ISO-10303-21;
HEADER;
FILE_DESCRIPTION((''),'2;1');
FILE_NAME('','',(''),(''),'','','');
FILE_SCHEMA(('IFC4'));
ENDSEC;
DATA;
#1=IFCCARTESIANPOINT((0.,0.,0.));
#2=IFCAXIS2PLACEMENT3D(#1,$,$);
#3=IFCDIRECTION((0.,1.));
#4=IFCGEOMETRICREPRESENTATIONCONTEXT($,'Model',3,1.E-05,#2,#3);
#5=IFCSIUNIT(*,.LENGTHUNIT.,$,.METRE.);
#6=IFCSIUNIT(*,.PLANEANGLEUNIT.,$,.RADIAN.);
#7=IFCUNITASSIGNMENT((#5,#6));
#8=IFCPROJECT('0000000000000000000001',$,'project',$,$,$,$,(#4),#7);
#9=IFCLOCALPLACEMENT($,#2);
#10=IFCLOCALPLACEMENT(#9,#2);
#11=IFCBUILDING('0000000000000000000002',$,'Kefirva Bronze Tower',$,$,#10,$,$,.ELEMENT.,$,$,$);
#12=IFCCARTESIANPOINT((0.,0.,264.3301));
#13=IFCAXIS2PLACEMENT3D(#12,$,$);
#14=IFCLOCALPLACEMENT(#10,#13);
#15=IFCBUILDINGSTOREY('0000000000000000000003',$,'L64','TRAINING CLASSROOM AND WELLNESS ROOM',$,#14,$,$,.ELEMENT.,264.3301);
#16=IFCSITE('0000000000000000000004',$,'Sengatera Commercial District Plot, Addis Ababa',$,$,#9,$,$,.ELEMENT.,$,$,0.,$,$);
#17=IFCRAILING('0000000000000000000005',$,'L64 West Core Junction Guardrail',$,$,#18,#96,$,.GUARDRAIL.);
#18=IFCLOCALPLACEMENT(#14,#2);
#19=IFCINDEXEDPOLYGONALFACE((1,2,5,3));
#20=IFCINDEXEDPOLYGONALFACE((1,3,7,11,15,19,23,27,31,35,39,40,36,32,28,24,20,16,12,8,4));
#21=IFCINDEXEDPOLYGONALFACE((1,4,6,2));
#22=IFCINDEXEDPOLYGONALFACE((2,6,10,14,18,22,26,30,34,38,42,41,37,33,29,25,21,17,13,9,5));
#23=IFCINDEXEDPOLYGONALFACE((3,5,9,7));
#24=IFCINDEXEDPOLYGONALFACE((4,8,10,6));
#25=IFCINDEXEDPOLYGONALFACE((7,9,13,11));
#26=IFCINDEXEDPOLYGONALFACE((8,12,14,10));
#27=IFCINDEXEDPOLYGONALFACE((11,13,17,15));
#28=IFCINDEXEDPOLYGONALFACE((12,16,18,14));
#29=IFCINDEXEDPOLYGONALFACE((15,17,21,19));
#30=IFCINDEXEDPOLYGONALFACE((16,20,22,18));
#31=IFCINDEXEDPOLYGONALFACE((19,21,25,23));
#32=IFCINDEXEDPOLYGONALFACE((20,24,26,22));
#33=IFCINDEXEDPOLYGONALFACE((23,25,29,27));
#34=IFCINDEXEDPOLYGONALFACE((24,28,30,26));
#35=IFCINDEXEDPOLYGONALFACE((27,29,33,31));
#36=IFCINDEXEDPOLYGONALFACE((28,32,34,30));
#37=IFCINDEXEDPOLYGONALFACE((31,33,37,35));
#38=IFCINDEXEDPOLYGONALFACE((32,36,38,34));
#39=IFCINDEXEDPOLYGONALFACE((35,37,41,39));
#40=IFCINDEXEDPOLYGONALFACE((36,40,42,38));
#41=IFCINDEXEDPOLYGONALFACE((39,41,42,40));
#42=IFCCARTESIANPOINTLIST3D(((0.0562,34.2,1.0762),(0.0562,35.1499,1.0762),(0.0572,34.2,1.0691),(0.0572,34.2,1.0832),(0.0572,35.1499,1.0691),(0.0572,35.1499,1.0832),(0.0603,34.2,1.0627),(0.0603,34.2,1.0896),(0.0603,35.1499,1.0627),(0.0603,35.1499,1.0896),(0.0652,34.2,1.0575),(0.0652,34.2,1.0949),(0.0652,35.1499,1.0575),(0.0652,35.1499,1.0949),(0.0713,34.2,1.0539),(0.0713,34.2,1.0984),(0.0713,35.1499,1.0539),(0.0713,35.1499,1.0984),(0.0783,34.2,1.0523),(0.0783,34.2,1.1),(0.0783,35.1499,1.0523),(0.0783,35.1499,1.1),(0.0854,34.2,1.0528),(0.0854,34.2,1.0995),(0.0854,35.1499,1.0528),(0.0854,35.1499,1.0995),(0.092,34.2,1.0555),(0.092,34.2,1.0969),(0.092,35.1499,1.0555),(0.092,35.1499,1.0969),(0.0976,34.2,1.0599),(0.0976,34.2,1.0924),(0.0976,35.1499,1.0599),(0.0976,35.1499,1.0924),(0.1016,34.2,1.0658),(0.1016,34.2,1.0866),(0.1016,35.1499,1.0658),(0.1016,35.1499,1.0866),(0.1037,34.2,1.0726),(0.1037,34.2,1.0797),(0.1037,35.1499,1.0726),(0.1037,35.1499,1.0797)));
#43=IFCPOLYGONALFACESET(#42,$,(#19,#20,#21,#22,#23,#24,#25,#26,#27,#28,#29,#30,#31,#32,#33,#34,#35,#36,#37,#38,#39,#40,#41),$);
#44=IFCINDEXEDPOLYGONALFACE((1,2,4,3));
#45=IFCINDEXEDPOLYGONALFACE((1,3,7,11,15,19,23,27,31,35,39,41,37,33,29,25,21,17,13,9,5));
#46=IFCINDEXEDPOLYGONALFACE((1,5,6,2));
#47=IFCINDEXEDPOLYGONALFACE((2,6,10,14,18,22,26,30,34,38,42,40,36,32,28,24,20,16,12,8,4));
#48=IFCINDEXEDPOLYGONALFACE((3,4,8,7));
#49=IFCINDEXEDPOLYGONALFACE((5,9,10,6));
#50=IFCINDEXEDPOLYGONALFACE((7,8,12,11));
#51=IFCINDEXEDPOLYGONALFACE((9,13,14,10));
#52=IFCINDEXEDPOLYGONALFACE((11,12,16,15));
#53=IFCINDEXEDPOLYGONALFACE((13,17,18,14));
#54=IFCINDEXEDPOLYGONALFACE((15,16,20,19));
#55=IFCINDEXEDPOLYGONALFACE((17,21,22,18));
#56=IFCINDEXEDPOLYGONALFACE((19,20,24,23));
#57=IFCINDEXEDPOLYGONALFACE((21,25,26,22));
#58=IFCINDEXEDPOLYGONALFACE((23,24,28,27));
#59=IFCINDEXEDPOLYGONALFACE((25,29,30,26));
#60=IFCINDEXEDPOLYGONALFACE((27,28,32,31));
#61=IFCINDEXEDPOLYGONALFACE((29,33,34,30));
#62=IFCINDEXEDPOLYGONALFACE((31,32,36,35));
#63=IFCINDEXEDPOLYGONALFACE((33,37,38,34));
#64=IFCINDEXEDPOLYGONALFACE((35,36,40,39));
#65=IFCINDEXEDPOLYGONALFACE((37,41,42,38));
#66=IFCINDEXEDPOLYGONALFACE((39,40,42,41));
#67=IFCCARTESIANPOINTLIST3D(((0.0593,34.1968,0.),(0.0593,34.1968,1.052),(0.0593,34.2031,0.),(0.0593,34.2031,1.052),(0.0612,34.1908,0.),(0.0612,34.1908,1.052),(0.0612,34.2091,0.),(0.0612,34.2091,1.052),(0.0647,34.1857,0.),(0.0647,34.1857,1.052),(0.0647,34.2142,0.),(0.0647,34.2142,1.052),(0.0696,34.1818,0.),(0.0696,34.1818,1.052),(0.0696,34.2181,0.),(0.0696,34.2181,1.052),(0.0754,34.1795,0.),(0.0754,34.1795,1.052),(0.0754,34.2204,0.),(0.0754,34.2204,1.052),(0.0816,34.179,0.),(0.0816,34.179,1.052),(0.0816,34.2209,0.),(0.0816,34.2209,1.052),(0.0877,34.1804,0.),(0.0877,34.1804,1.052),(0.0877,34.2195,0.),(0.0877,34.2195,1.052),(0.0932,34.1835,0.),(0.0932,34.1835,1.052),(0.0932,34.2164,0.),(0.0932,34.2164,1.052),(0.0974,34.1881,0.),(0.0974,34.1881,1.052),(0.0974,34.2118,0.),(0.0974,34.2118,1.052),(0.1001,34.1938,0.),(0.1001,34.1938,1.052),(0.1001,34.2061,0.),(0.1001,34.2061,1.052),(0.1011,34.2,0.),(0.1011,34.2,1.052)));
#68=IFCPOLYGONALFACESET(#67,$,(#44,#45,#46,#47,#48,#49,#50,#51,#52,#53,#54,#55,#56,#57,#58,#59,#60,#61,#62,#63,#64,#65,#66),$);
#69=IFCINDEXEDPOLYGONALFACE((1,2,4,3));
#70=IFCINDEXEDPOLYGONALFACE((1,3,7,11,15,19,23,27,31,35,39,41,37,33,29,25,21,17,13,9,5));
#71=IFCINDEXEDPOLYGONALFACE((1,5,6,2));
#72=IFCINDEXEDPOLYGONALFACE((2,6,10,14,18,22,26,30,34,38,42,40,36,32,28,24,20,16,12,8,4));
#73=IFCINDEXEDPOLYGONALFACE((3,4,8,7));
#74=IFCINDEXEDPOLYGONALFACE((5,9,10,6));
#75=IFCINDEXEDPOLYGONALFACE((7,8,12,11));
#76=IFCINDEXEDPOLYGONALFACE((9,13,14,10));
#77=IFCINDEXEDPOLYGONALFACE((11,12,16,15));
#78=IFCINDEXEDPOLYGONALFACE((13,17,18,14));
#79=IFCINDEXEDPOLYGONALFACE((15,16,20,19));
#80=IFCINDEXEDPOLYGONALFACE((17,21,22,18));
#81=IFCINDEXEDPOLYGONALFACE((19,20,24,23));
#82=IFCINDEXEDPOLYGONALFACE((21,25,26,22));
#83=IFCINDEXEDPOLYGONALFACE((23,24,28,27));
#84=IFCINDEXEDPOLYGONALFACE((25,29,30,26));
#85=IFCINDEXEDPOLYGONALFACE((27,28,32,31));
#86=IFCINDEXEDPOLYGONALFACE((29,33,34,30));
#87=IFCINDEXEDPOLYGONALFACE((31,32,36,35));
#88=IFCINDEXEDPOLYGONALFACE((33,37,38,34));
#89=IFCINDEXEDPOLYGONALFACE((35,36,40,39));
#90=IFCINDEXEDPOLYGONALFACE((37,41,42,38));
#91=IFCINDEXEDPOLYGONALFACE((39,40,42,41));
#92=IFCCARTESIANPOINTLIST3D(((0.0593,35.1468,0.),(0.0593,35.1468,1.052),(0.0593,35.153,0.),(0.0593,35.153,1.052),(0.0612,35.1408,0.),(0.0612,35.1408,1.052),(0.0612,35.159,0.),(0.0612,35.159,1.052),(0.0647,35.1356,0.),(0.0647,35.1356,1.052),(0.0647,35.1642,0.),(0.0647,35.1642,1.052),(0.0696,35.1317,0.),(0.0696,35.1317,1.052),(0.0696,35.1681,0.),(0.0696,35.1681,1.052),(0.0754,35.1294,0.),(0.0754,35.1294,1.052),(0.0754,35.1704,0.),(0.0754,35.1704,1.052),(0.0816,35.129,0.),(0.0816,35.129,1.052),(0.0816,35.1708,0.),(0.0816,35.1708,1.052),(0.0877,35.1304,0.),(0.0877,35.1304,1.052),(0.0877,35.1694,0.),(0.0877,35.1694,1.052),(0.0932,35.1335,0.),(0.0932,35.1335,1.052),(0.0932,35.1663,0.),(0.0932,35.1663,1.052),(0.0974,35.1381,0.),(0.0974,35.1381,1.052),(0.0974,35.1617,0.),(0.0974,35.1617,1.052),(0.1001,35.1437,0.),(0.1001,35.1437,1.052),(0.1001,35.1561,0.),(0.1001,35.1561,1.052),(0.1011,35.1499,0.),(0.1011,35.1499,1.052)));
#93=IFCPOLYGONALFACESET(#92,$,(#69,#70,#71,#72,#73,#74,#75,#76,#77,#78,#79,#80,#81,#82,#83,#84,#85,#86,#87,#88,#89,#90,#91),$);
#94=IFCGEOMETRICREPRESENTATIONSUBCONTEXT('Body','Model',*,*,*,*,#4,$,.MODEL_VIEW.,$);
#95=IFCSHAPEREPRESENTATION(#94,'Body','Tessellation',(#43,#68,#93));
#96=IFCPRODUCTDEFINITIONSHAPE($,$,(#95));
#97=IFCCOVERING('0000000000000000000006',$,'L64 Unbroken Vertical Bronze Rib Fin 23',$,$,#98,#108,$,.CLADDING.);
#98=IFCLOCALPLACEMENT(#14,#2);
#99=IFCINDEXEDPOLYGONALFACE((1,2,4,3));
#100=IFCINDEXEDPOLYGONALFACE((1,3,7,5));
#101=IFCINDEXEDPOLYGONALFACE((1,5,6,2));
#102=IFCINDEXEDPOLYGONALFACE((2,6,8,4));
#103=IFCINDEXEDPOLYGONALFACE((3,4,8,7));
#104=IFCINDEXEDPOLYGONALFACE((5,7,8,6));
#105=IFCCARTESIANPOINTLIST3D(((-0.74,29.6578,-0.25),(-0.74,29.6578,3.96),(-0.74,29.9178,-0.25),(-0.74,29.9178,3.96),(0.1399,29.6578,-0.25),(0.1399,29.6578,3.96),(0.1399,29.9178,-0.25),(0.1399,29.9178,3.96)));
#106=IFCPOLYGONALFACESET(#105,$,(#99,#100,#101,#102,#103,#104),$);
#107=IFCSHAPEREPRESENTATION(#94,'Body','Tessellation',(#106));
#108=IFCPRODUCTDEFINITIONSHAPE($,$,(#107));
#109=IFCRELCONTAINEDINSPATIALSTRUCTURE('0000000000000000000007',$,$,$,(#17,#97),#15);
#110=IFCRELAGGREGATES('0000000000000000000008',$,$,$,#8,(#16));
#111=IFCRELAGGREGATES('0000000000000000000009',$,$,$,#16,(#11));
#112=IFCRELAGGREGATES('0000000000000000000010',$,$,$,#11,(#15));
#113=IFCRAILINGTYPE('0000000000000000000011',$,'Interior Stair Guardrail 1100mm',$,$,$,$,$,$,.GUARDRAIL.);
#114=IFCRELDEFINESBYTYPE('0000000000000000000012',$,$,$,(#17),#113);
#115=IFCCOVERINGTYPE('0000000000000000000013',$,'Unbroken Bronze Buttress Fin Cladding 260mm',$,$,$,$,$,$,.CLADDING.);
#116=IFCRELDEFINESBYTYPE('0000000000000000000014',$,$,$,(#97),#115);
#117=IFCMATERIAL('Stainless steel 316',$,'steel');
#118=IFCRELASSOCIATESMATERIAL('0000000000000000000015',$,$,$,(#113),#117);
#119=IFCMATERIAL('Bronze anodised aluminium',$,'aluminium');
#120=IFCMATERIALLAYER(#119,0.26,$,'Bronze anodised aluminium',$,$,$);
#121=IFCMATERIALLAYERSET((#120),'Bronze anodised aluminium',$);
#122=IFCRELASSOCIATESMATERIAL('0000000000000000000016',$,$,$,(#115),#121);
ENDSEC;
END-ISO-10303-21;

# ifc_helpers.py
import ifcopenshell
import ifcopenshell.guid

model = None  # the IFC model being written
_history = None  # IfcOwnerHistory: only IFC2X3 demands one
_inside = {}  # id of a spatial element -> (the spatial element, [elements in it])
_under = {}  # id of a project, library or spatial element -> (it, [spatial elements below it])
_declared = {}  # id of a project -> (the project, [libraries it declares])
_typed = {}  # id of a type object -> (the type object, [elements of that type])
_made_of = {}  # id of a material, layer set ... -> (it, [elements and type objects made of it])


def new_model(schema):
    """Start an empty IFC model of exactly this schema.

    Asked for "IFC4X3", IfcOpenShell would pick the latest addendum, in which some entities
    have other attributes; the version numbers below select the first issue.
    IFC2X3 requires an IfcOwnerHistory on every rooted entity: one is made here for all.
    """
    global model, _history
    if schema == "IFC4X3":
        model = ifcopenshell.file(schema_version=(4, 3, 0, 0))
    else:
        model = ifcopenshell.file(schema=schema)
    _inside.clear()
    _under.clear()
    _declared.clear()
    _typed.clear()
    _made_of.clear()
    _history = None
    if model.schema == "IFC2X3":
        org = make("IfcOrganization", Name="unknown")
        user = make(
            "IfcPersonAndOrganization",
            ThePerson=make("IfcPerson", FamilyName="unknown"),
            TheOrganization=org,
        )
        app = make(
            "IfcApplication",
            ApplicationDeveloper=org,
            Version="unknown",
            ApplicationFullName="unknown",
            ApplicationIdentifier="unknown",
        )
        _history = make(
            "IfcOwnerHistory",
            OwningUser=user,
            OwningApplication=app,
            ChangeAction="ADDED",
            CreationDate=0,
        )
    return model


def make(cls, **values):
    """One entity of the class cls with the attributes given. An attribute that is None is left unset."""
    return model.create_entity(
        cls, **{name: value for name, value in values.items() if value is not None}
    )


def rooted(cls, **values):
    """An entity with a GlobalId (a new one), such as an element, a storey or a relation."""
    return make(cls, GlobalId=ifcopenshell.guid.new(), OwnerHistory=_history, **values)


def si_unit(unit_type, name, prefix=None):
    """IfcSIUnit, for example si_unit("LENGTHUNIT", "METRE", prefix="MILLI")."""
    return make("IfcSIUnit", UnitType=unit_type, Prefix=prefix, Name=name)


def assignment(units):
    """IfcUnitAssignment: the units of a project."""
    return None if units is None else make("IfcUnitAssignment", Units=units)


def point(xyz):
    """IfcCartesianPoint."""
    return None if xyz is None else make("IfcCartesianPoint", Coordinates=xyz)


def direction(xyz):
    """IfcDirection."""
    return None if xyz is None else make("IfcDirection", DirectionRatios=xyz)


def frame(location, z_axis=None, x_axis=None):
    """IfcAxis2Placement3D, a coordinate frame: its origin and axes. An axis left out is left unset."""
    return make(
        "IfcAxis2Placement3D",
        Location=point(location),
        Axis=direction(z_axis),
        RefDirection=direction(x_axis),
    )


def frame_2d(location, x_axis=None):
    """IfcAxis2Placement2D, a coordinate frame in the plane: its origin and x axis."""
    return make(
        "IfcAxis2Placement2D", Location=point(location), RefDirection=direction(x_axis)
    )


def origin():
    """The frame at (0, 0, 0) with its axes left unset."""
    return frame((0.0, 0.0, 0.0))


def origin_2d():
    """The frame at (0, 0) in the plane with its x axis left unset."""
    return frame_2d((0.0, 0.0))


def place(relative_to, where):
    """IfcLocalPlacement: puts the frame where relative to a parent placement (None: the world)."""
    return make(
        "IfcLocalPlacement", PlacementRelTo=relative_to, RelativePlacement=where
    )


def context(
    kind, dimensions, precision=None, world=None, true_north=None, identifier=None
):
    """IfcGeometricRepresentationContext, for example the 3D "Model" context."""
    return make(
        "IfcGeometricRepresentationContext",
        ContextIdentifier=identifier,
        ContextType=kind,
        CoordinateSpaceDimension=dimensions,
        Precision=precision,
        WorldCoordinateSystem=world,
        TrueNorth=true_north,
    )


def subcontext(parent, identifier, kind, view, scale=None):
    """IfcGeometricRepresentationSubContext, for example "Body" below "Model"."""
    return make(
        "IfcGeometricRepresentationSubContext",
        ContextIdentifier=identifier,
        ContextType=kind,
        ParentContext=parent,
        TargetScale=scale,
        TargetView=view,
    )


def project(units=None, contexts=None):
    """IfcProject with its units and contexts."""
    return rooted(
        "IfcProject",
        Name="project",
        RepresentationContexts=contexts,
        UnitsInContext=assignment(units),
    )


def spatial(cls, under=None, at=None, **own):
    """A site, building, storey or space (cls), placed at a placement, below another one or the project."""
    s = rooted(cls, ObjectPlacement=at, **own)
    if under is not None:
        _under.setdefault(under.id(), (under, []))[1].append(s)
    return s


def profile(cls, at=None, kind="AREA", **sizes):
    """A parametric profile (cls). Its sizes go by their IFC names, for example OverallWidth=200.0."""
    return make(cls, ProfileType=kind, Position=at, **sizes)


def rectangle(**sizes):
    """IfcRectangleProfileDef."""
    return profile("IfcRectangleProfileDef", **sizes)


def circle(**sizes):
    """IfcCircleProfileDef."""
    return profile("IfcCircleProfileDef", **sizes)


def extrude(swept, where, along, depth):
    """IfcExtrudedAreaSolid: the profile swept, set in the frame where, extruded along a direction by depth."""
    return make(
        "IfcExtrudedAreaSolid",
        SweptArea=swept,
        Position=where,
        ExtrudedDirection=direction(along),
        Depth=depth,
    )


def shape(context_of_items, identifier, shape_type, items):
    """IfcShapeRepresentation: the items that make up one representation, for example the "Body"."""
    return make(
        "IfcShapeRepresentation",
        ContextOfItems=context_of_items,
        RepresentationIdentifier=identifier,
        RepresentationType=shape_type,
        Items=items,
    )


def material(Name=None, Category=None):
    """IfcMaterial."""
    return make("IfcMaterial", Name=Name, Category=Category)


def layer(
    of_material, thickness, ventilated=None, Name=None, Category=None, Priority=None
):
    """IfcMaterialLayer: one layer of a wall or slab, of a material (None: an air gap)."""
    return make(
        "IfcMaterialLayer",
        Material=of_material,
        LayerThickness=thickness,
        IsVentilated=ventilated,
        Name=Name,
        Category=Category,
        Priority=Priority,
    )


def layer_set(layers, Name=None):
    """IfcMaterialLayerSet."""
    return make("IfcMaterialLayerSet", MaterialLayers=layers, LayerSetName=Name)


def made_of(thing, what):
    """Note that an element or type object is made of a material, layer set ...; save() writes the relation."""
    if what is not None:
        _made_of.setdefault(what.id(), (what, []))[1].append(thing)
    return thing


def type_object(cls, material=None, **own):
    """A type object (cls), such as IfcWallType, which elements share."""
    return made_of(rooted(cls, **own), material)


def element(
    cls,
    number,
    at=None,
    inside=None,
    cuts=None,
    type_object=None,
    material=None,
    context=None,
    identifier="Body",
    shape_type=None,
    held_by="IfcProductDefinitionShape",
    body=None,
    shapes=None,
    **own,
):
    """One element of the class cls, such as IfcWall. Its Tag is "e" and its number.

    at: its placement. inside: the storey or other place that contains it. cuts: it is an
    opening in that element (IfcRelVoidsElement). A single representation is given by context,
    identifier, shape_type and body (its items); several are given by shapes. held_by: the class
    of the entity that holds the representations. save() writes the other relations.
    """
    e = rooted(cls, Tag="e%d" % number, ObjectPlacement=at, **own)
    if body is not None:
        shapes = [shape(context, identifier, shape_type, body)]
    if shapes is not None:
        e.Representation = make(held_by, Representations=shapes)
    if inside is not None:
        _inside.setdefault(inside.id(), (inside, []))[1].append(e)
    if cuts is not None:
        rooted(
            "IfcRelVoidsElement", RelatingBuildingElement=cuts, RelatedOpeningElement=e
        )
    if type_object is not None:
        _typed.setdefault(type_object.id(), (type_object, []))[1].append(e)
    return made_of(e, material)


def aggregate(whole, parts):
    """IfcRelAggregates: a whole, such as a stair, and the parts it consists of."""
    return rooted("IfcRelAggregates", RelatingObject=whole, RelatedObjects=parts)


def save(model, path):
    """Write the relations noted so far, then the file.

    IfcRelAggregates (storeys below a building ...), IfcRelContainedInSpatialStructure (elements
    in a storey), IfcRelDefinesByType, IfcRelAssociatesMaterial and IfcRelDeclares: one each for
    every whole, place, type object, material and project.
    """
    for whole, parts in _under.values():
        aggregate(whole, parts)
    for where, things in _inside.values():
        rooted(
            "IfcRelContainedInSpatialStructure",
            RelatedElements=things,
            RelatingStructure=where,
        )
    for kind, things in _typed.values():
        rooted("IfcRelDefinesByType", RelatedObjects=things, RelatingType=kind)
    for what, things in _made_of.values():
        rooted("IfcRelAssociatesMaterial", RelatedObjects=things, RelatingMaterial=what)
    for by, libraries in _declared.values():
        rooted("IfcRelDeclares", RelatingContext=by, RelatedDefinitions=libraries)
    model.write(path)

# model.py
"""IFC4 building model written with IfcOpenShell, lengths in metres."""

from ifc_helpers import new_model, si_unit, direction, frame, origin, origin_2d, place, context, subcontext, project, spatial, rectangle, circle, extrude, material, layer, layer_set, type_object, element, save


model = new_model("IFC4")

# Units and contexts
model_context = context("Model", 3, precision=1e-05, world=origin(), true_north=direction((0.0, 1.0)))
body_context = subcontext(model_context, "Body", "Model", "MODEL_VIEW")
ifc_project = project(units=[si_unit("LENGTHUNIT", "METRE"), si_unit("PLANEANGLEUNIT", "RADIAN")], contexts=[model_context])

# Site, building, storey
site_placement = place(None, origin())
site = spatial("IfcSite", under=ifc_project, at=site_placement, Name="Sengatera Commercial District Plot, Addis Ababa", CompositionType="ELEMENT", RefElevation=0.0)
building_placement = place(site_placement, origin())
building = spatial("IfcBuilding", under=site, at=building_placement, Name="Kefirva Bronze Tower", CompositionType="ELEMENT")
storey_placement = place(building_placement, frame((0.0, 0.0, 264.3301)))
storey = spatial("IfcBuildingStorey", under=building, at=storey_placement, Name="L64", Description="TRAINING CLASSROOM AND WELLNESS ROOM", CompositionType="ELEMENT", Elevation=264.3301)

# Shared definitions
ifc_material_1 = material(Name="Bronze anodised aluminium", Category="aluminium")

# Railing
ifc_material_2 = material(Name="Stainless steel 316", Category="steel")
railing_type = type_object("IfcRailingType", Name="Interior Stair Guardrail 1100mm", PredefinedType="GUARDRAIL", material=ifc_material_2)
railing_placement = place(storey_placement, frame((0.0801, 34.2, 0.0)))
element("IfcRailing", 1, at=railing_placement, inside=storey, type_object=railing_type, Name="L64 West Core Junction Guardrail", PredefinedType="GUARDRAIL", context=body_context, shape_type="SweptSolid", body=[
    extrude(circle(Radius=0.0239, at=origin_2d()), frame((0.0, 0.0, 1.0762), z_axis=(0.0, 1.0, 0.0), x_axis=(-1.0, 0.0, 0.0)), (0.0, 0.0, 1.0), 0.95),
    extrude(circle(Radius=0.021, at=origin_2d()), origin(), (0.0, 0.0, 1.0), 1.052),
    extrude(circle(Radius=0.021, at=origin_2d()), frame((0.0, 0.95, 0.0)), (0.0, 0.0, 1.0), 1.052),
])

# Covering
ifc_layer_1 = layer(ifc_material_1, 0.26, Name="Bronze anodised aluminium")
ifc_layer_set_1 = layer_set([ifc_layer_1], Name="Bronze anodised aluminium")
covering_type = type_object("IfcCoveringType", Name="Unbroken Bronze Buttress Fin Cladding 260mm", PredefinedType="CLADDING", material=ifc_layer_set_1)
covering_placement = place(storey_placement, frame((-0.3, 29.7878, -0.25), z_axis=(0.0, 0.0, 1.0), x_axis=(0.0, -1.0, 0.0)))
element("IfcCovering", 2, at=covering_placement, inside=storey, type_object=covering_type, Name="L64 Unbroken Vertical Bronze Rib Fin 23", PredefinedType="CLADDING", context=body_context, shape_type="SweptSolid", body=[
    extrude(rectangle(XDim=0.26, YDim=0.8799, at=origin_2d()), origin(), (0.0, 0.0, 1.0), 4.21),
])

save(model, "model.ifc")
